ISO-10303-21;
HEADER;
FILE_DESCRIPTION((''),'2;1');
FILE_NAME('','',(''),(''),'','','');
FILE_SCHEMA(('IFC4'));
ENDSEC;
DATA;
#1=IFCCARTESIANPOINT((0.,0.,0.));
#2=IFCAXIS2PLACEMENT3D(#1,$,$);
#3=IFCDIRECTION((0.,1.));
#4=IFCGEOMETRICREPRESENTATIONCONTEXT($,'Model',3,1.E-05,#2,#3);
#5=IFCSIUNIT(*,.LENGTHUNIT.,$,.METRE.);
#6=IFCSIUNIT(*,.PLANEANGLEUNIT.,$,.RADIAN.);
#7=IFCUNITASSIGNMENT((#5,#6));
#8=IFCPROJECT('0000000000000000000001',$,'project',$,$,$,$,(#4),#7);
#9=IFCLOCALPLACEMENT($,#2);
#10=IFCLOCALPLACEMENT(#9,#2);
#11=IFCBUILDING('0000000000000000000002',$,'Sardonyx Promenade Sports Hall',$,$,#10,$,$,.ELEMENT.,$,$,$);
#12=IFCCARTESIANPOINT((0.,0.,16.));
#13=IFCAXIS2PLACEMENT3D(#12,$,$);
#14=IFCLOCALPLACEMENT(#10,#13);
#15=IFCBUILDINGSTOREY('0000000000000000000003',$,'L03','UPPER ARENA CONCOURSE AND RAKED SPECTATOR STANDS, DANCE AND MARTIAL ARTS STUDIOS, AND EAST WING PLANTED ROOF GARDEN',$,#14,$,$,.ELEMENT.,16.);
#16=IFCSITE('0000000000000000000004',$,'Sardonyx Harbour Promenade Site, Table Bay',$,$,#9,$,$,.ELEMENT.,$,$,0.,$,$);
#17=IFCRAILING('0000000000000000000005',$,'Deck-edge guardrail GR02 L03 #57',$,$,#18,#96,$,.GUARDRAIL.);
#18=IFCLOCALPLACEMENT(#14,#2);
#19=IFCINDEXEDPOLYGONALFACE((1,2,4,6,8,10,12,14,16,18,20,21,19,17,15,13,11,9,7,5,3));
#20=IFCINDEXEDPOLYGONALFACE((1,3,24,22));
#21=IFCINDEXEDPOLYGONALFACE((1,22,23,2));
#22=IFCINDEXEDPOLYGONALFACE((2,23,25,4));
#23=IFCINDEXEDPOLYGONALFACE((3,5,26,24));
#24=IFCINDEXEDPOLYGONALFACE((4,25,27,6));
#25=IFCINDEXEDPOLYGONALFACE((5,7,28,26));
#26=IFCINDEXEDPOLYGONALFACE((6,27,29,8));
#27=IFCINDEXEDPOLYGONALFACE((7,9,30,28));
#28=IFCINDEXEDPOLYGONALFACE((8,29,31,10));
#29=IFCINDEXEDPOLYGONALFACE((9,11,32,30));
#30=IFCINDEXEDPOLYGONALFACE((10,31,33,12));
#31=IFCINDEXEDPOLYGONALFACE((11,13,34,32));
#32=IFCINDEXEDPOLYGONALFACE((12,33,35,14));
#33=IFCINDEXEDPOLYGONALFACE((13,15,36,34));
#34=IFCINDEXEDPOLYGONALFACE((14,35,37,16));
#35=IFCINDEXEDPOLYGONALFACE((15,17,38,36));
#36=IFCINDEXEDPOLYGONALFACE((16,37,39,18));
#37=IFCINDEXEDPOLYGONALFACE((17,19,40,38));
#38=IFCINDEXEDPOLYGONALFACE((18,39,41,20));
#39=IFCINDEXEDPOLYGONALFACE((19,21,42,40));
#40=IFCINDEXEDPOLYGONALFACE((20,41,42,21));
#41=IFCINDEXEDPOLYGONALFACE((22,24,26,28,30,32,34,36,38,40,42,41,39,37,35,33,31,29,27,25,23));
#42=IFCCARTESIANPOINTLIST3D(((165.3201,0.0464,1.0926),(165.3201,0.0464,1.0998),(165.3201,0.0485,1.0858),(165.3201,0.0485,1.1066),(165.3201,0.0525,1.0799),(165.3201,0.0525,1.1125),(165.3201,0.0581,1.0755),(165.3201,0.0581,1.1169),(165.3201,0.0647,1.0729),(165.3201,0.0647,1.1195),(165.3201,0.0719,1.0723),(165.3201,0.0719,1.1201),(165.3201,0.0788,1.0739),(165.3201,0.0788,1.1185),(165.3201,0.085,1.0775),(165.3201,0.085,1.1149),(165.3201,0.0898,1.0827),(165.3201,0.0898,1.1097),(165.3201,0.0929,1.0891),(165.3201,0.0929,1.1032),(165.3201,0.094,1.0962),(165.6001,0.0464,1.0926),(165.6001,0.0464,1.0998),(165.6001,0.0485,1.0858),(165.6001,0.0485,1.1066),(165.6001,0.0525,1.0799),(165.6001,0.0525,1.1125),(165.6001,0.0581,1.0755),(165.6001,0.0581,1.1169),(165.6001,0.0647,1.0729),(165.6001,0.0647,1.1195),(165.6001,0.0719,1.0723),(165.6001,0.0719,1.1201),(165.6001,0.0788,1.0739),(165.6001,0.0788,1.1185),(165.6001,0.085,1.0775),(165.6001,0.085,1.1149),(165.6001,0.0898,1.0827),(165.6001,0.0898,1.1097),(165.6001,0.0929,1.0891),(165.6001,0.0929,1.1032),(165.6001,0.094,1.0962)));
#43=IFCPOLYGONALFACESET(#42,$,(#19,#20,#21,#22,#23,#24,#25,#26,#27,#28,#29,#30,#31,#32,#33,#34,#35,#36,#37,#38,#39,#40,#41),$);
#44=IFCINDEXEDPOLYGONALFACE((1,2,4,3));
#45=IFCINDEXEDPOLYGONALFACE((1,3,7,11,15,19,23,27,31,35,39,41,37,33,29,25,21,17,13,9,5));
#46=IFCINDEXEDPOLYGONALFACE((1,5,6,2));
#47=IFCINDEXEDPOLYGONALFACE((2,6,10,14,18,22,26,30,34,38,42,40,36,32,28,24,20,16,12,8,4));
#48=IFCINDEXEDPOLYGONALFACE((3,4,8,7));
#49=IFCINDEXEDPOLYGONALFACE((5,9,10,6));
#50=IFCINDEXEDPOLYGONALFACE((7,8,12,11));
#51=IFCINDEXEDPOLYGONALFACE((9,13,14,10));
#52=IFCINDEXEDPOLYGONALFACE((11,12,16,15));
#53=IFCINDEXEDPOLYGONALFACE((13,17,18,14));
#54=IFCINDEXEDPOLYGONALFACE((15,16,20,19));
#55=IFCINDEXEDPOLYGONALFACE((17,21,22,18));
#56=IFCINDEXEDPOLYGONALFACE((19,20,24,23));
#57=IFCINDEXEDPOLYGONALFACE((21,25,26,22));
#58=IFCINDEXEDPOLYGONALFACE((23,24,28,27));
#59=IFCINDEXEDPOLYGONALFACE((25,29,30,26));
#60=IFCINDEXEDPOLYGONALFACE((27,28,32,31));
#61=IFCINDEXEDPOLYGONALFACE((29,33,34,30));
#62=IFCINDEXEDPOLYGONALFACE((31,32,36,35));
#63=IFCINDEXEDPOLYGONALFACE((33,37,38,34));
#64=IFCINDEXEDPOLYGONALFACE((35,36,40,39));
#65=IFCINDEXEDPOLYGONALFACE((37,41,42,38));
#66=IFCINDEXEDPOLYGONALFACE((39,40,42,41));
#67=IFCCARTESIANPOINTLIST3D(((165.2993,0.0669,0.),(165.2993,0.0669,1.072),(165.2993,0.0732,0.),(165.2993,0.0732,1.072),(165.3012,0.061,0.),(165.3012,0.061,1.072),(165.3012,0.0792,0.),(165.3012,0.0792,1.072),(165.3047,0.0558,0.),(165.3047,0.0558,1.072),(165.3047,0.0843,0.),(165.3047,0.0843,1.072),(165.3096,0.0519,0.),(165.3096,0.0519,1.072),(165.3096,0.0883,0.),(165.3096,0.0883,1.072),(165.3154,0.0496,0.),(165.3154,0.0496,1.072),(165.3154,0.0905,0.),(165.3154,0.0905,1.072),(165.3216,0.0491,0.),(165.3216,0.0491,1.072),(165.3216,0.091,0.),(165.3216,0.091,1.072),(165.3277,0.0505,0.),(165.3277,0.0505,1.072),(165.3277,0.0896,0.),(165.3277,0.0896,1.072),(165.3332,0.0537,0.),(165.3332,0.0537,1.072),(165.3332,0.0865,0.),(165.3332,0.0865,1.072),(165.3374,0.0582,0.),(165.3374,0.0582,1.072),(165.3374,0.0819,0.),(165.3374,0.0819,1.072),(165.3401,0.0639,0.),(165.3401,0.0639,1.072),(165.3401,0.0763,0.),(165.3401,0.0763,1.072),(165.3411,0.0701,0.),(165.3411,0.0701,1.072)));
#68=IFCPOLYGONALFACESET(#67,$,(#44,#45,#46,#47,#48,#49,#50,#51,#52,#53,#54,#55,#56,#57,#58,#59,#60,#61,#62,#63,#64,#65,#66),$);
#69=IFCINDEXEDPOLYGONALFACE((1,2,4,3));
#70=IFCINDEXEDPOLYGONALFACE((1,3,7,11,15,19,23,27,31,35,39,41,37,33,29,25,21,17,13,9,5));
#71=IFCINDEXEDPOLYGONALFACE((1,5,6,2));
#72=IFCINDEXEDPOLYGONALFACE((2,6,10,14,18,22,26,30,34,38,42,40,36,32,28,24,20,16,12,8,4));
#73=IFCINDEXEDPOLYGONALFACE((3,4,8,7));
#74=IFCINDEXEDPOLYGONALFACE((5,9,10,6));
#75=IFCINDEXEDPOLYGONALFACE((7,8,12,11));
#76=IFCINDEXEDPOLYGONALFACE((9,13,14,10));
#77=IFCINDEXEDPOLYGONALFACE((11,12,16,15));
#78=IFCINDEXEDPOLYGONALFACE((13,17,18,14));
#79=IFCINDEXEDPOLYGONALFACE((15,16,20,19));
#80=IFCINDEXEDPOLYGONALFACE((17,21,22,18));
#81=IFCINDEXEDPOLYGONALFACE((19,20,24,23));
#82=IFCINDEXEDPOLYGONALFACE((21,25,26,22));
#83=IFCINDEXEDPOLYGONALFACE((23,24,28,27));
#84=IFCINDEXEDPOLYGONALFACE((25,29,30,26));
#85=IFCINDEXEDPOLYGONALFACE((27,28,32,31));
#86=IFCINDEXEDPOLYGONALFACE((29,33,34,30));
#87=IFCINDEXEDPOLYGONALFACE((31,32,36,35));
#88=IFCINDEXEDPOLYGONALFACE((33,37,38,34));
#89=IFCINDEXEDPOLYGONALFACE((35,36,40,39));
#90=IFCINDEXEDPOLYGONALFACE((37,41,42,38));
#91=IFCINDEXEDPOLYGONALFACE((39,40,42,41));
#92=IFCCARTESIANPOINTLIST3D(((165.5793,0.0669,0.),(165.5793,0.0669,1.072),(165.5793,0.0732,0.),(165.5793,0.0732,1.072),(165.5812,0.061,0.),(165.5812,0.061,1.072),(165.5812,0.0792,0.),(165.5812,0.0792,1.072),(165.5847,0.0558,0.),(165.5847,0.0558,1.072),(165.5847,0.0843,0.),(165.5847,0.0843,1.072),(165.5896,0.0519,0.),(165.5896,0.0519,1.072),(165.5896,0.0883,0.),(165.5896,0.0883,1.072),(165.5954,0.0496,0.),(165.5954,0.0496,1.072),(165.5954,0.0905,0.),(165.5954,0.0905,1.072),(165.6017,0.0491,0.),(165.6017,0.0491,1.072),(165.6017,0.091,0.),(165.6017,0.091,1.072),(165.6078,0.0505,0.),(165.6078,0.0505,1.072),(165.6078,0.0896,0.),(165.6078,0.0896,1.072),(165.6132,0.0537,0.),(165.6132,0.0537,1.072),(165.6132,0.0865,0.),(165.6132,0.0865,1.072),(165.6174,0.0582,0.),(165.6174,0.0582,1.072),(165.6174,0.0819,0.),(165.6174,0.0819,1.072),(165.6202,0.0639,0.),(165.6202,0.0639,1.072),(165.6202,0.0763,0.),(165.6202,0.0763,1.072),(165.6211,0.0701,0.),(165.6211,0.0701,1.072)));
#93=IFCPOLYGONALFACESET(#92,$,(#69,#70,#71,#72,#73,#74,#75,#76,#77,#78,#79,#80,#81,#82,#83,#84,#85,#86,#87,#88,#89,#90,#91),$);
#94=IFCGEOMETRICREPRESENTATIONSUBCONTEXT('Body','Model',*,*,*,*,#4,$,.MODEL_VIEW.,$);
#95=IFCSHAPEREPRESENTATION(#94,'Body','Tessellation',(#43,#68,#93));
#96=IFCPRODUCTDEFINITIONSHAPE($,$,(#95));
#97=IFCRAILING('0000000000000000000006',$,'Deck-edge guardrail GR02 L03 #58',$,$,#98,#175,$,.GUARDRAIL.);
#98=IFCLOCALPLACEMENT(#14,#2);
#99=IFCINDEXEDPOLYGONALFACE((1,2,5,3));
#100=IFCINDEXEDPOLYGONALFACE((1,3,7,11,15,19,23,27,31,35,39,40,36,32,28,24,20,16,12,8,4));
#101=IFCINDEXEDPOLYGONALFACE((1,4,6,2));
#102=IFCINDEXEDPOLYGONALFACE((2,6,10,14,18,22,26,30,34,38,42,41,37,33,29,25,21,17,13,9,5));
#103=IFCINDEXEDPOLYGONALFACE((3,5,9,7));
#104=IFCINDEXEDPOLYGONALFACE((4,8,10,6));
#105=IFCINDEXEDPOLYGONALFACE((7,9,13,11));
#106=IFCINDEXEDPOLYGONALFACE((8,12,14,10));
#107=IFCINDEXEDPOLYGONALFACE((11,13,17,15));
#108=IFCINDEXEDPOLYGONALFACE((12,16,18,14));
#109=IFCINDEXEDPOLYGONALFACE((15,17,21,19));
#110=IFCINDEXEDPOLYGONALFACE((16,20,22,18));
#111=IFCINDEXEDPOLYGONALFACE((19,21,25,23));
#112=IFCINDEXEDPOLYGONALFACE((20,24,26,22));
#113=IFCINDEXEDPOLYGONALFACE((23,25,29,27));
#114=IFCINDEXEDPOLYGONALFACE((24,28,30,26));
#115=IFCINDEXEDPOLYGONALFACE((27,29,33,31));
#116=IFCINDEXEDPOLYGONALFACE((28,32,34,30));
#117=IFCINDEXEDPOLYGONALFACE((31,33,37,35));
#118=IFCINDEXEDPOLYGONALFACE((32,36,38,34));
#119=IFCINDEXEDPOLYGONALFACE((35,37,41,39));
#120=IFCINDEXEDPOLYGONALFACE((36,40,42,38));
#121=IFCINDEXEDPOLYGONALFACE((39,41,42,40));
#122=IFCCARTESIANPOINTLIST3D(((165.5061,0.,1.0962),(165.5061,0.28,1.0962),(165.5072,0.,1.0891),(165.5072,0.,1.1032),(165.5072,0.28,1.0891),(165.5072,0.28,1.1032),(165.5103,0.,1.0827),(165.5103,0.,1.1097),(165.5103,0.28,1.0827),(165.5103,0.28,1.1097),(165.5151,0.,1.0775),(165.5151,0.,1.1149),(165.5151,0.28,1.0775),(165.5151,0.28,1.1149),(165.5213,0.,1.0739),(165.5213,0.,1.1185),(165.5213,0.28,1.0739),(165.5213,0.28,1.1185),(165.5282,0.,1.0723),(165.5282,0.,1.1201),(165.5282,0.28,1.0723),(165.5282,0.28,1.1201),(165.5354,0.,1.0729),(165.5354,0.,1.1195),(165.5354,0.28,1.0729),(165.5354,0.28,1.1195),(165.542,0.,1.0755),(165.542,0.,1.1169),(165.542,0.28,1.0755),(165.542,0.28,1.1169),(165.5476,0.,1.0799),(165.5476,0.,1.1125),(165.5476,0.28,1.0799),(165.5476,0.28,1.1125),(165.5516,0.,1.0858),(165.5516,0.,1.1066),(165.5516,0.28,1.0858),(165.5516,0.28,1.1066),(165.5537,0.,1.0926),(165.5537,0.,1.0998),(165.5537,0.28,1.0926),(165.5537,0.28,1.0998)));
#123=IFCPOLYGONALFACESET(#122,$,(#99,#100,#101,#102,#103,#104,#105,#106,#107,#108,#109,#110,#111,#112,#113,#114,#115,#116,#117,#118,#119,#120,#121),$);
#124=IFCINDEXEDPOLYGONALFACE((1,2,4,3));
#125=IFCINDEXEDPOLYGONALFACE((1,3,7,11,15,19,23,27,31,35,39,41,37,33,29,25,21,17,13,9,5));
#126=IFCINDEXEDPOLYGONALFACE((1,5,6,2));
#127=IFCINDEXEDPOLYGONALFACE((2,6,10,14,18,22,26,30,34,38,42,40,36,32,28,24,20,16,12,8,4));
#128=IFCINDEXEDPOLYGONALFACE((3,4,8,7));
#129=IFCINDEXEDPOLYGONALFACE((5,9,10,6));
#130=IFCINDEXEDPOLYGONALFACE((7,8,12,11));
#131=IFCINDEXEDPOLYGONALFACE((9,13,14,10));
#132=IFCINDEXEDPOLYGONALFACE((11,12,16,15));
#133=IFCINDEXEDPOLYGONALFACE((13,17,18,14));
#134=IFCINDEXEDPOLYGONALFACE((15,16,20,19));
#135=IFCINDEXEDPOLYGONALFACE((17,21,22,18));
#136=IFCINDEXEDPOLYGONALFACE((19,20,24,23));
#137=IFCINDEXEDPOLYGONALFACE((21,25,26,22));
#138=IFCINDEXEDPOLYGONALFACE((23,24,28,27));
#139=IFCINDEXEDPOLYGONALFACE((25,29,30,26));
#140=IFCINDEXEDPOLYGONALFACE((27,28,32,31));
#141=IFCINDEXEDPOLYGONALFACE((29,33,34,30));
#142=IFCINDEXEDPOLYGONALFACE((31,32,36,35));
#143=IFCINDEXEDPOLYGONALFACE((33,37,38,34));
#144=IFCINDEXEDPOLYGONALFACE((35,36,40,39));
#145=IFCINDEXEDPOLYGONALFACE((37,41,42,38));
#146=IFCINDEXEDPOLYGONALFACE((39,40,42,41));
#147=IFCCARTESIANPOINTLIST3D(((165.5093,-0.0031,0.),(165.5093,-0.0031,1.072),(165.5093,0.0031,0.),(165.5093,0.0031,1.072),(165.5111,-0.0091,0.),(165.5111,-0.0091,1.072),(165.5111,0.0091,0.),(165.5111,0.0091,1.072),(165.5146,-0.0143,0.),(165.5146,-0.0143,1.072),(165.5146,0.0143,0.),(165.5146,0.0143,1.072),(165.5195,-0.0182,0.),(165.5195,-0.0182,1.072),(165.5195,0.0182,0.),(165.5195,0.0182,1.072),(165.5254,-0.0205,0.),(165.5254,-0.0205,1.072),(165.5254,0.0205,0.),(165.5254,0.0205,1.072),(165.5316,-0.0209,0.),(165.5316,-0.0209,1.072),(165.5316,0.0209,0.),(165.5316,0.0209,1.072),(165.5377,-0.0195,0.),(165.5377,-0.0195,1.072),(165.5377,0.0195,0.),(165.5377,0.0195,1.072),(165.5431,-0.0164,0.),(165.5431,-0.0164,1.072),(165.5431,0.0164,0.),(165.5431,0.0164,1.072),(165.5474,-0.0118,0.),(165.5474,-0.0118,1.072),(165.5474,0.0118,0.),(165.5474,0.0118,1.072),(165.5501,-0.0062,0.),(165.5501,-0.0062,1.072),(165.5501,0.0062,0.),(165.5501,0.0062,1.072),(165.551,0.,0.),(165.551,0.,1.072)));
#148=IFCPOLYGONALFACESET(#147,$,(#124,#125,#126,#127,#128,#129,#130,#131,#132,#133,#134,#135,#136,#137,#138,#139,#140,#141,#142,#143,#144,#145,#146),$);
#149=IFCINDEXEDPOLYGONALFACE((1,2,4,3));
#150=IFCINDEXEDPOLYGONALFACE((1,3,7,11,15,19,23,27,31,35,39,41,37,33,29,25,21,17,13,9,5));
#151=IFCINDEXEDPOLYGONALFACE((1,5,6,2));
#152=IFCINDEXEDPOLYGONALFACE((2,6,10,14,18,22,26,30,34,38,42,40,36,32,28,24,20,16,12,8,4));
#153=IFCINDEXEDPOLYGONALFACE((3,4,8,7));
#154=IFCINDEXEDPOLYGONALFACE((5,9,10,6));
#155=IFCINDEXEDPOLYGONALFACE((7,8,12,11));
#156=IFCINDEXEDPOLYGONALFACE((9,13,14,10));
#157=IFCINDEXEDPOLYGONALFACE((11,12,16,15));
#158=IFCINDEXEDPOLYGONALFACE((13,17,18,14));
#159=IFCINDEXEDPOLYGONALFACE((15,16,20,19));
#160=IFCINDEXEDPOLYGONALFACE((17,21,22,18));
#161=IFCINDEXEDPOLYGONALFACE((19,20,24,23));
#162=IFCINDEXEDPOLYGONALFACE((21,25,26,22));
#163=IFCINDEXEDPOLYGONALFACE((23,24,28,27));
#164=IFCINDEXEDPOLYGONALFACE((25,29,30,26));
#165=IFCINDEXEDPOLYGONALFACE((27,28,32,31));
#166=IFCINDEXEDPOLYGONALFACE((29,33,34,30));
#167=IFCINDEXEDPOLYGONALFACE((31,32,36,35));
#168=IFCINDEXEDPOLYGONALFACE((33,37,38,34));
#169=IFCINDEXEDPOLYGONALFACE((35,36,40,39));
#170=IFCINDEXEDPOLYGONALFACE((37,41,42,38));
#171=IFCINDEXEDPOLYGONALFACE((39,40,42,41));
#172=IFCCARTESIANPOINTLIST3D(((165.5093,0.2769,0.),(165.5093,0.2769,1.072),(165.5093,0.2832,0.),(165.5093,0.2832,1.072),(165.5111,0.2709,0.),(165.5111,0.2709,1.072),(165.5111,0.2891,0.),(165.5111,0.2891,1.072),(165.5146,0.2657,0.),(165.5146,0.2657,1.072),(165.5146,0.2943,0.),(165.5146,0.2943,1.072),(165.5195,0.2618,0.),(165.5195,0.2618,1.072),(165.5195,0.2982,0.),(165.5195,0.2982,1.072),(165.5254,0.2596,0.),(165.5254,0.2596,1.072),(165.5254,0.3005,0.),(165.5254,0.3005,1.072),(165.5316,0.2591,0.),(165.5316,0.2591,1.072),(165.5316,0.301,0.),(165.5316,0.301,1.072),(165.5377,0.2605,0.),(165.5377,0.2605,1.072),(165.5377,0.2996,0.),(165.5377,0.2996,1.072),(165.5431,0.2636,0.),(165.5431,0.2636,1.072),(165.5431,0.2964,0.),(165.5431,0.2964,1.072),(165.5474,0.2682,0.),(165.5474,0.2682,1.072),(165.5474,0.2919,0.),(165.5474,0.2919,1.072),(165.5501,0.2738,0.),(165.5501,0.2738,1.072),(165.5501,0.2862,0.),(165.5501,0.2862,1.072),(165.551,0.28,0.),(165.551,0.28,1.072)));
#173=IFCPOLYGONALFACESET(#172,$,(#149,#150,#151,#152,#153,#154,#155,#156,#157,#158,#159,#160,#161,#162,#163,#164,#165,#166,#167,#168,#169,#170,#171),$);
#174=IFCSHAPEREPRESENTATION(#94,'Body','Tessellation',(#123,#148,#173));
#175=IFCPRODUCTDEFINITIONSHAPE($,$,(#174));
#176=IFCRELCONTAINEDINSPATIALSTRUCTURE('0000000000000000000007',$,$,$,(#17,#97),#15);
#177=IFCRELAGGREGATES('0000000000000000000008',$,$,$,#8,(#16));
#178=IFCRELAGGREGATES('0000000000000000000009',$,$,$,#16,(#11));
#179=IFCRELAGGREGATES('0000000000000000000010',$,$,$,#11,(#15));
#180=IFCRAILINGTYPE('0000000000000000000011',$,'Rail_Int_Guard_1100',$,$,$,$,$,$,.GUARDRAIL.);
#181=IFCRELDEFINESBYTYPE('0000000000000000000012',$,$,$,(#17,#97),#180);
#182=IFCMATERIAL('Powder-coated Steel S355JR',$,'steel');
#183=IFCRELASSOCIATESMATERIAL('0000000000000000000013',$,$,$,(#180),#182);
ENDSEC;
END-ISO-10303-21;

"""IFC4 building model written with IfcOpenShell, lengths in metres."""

from ifc_helpers import new_model, si_unit, direction, frame, origin, origin_2d, place, context, subcontext, project, spatial, circle, extrude, material, type_object, element, save


model = new_model("IFC4")

# Units and contexts
model_context = context("Model", 3, precision=1e-05, world=origin(), true_north=direction((0.0, 1.0)))
body_context = subcontext(model_context, "Body", "Model", "MODEL_VIEW")
ifc_project = project(units=[si_unit("LENGTHUNIT", "METRE"), si_unit("PLANEANGLEUNIT", "RADIAN")], contexts=[model_context])

# Site, building, storey
site_placement = place(None, origin())
site = spatial("IfcSite", under=ifc_project, at=site_placement, Name="Sardonyx Harbour Promenade Site, Table Bay", CompositionType="ELEMENT", RefElevation=0.0)
building_placement = place(site_placement, origin())
building = spatial("IfcBuilding", under=site, at=building_placement, Name="Sardonyx Promenade Sports Hall", CompositionType="ELEMENT")
storey_placement = place(building_placement, frame((0.0, 0.0, 16.0)))
storey = spatial("IfcBuildingStorey", under=building, at=storey_placement, Name="L03", Description="UPPER ARENA CONCOURSE AND RAKED SPECTATOR STANDS, DANCE AND MARTIAL ARTS STUDIOS, AND EAST WING PLANTED ROOF GARDEN", CompositionType="ELEMENT", Elevation=16.0)

# Railings
ifc_material_1 = material(Name="Powder-coated Steel S355JR", Category="steel")
railing_type = type_object("IfcRailingType", Name="Rail_Int_Guard_1100", PredefinedType="GUARDRAIL", material=ifc_material_1)
railing_1_placement = place(storey_placement, frame((165.3201, 0.0701, 0.0)))
element("IfcRailing", 1, at=railing_1_placement, inside=storey, type_object=railing_type, Name="Deck-edge guardrail GR02 L03 #57", PredefinedType="GUARDRAIL", context=body_context, shape_type="SweptSolid", body=[
    extrude(circle(Radius=0.0239, at=origin_2d()), frame((0.0, 0.0, 1.0962), z_axis=(1.0, 0.0, 0.0), x_axis=(0.0, 1.0, 0.0)), (0.0, 0.0, 1.0), 0.28),
    extrude(circle(Radius=0.021, at=origin_2d()), origin(), (0.0, 0.0, 1.0), 1.072),
    extrude(circle(Radius=0.021, at=origin_2d()), frame((0.28, 0.0, 0.0)), (0.0, 0.0, 1.0), 1.072),
])
railing_2_placement = place(storey_placement, frame((165.53, 0.0, 0.0)))
element("IfcRailing", 2, at=railing_2_placement, inside=storey, type_object=railing_type, Name="Deck-edge guardrail GR02 L03 #58", PredefinedType="GUARDRAIL", context=body_context, shape_type="SweptSolid", body=[
    extrude(circle(Radius=0.0239, at=origin_2d()), frame((0.0, 0.0, 1.0962), z_axis=(0.0, 1.0, 0.0), x_axis=(-1.0, 0.0, 0.0)), (0.0, 0.0, 1.0), 0.28),
    extrude(circle(Radius=0.021, at=origin_2d()), origin(), (0.0, 0.0, 1.0), 1.072),
    extrude(circle(Radius=0.021, at=origin_2d()), frame((0.0, 0.28, 0.0)), (0.0, 0.0, 1.0), 1.072),
])

save(model, "model.ifc")
